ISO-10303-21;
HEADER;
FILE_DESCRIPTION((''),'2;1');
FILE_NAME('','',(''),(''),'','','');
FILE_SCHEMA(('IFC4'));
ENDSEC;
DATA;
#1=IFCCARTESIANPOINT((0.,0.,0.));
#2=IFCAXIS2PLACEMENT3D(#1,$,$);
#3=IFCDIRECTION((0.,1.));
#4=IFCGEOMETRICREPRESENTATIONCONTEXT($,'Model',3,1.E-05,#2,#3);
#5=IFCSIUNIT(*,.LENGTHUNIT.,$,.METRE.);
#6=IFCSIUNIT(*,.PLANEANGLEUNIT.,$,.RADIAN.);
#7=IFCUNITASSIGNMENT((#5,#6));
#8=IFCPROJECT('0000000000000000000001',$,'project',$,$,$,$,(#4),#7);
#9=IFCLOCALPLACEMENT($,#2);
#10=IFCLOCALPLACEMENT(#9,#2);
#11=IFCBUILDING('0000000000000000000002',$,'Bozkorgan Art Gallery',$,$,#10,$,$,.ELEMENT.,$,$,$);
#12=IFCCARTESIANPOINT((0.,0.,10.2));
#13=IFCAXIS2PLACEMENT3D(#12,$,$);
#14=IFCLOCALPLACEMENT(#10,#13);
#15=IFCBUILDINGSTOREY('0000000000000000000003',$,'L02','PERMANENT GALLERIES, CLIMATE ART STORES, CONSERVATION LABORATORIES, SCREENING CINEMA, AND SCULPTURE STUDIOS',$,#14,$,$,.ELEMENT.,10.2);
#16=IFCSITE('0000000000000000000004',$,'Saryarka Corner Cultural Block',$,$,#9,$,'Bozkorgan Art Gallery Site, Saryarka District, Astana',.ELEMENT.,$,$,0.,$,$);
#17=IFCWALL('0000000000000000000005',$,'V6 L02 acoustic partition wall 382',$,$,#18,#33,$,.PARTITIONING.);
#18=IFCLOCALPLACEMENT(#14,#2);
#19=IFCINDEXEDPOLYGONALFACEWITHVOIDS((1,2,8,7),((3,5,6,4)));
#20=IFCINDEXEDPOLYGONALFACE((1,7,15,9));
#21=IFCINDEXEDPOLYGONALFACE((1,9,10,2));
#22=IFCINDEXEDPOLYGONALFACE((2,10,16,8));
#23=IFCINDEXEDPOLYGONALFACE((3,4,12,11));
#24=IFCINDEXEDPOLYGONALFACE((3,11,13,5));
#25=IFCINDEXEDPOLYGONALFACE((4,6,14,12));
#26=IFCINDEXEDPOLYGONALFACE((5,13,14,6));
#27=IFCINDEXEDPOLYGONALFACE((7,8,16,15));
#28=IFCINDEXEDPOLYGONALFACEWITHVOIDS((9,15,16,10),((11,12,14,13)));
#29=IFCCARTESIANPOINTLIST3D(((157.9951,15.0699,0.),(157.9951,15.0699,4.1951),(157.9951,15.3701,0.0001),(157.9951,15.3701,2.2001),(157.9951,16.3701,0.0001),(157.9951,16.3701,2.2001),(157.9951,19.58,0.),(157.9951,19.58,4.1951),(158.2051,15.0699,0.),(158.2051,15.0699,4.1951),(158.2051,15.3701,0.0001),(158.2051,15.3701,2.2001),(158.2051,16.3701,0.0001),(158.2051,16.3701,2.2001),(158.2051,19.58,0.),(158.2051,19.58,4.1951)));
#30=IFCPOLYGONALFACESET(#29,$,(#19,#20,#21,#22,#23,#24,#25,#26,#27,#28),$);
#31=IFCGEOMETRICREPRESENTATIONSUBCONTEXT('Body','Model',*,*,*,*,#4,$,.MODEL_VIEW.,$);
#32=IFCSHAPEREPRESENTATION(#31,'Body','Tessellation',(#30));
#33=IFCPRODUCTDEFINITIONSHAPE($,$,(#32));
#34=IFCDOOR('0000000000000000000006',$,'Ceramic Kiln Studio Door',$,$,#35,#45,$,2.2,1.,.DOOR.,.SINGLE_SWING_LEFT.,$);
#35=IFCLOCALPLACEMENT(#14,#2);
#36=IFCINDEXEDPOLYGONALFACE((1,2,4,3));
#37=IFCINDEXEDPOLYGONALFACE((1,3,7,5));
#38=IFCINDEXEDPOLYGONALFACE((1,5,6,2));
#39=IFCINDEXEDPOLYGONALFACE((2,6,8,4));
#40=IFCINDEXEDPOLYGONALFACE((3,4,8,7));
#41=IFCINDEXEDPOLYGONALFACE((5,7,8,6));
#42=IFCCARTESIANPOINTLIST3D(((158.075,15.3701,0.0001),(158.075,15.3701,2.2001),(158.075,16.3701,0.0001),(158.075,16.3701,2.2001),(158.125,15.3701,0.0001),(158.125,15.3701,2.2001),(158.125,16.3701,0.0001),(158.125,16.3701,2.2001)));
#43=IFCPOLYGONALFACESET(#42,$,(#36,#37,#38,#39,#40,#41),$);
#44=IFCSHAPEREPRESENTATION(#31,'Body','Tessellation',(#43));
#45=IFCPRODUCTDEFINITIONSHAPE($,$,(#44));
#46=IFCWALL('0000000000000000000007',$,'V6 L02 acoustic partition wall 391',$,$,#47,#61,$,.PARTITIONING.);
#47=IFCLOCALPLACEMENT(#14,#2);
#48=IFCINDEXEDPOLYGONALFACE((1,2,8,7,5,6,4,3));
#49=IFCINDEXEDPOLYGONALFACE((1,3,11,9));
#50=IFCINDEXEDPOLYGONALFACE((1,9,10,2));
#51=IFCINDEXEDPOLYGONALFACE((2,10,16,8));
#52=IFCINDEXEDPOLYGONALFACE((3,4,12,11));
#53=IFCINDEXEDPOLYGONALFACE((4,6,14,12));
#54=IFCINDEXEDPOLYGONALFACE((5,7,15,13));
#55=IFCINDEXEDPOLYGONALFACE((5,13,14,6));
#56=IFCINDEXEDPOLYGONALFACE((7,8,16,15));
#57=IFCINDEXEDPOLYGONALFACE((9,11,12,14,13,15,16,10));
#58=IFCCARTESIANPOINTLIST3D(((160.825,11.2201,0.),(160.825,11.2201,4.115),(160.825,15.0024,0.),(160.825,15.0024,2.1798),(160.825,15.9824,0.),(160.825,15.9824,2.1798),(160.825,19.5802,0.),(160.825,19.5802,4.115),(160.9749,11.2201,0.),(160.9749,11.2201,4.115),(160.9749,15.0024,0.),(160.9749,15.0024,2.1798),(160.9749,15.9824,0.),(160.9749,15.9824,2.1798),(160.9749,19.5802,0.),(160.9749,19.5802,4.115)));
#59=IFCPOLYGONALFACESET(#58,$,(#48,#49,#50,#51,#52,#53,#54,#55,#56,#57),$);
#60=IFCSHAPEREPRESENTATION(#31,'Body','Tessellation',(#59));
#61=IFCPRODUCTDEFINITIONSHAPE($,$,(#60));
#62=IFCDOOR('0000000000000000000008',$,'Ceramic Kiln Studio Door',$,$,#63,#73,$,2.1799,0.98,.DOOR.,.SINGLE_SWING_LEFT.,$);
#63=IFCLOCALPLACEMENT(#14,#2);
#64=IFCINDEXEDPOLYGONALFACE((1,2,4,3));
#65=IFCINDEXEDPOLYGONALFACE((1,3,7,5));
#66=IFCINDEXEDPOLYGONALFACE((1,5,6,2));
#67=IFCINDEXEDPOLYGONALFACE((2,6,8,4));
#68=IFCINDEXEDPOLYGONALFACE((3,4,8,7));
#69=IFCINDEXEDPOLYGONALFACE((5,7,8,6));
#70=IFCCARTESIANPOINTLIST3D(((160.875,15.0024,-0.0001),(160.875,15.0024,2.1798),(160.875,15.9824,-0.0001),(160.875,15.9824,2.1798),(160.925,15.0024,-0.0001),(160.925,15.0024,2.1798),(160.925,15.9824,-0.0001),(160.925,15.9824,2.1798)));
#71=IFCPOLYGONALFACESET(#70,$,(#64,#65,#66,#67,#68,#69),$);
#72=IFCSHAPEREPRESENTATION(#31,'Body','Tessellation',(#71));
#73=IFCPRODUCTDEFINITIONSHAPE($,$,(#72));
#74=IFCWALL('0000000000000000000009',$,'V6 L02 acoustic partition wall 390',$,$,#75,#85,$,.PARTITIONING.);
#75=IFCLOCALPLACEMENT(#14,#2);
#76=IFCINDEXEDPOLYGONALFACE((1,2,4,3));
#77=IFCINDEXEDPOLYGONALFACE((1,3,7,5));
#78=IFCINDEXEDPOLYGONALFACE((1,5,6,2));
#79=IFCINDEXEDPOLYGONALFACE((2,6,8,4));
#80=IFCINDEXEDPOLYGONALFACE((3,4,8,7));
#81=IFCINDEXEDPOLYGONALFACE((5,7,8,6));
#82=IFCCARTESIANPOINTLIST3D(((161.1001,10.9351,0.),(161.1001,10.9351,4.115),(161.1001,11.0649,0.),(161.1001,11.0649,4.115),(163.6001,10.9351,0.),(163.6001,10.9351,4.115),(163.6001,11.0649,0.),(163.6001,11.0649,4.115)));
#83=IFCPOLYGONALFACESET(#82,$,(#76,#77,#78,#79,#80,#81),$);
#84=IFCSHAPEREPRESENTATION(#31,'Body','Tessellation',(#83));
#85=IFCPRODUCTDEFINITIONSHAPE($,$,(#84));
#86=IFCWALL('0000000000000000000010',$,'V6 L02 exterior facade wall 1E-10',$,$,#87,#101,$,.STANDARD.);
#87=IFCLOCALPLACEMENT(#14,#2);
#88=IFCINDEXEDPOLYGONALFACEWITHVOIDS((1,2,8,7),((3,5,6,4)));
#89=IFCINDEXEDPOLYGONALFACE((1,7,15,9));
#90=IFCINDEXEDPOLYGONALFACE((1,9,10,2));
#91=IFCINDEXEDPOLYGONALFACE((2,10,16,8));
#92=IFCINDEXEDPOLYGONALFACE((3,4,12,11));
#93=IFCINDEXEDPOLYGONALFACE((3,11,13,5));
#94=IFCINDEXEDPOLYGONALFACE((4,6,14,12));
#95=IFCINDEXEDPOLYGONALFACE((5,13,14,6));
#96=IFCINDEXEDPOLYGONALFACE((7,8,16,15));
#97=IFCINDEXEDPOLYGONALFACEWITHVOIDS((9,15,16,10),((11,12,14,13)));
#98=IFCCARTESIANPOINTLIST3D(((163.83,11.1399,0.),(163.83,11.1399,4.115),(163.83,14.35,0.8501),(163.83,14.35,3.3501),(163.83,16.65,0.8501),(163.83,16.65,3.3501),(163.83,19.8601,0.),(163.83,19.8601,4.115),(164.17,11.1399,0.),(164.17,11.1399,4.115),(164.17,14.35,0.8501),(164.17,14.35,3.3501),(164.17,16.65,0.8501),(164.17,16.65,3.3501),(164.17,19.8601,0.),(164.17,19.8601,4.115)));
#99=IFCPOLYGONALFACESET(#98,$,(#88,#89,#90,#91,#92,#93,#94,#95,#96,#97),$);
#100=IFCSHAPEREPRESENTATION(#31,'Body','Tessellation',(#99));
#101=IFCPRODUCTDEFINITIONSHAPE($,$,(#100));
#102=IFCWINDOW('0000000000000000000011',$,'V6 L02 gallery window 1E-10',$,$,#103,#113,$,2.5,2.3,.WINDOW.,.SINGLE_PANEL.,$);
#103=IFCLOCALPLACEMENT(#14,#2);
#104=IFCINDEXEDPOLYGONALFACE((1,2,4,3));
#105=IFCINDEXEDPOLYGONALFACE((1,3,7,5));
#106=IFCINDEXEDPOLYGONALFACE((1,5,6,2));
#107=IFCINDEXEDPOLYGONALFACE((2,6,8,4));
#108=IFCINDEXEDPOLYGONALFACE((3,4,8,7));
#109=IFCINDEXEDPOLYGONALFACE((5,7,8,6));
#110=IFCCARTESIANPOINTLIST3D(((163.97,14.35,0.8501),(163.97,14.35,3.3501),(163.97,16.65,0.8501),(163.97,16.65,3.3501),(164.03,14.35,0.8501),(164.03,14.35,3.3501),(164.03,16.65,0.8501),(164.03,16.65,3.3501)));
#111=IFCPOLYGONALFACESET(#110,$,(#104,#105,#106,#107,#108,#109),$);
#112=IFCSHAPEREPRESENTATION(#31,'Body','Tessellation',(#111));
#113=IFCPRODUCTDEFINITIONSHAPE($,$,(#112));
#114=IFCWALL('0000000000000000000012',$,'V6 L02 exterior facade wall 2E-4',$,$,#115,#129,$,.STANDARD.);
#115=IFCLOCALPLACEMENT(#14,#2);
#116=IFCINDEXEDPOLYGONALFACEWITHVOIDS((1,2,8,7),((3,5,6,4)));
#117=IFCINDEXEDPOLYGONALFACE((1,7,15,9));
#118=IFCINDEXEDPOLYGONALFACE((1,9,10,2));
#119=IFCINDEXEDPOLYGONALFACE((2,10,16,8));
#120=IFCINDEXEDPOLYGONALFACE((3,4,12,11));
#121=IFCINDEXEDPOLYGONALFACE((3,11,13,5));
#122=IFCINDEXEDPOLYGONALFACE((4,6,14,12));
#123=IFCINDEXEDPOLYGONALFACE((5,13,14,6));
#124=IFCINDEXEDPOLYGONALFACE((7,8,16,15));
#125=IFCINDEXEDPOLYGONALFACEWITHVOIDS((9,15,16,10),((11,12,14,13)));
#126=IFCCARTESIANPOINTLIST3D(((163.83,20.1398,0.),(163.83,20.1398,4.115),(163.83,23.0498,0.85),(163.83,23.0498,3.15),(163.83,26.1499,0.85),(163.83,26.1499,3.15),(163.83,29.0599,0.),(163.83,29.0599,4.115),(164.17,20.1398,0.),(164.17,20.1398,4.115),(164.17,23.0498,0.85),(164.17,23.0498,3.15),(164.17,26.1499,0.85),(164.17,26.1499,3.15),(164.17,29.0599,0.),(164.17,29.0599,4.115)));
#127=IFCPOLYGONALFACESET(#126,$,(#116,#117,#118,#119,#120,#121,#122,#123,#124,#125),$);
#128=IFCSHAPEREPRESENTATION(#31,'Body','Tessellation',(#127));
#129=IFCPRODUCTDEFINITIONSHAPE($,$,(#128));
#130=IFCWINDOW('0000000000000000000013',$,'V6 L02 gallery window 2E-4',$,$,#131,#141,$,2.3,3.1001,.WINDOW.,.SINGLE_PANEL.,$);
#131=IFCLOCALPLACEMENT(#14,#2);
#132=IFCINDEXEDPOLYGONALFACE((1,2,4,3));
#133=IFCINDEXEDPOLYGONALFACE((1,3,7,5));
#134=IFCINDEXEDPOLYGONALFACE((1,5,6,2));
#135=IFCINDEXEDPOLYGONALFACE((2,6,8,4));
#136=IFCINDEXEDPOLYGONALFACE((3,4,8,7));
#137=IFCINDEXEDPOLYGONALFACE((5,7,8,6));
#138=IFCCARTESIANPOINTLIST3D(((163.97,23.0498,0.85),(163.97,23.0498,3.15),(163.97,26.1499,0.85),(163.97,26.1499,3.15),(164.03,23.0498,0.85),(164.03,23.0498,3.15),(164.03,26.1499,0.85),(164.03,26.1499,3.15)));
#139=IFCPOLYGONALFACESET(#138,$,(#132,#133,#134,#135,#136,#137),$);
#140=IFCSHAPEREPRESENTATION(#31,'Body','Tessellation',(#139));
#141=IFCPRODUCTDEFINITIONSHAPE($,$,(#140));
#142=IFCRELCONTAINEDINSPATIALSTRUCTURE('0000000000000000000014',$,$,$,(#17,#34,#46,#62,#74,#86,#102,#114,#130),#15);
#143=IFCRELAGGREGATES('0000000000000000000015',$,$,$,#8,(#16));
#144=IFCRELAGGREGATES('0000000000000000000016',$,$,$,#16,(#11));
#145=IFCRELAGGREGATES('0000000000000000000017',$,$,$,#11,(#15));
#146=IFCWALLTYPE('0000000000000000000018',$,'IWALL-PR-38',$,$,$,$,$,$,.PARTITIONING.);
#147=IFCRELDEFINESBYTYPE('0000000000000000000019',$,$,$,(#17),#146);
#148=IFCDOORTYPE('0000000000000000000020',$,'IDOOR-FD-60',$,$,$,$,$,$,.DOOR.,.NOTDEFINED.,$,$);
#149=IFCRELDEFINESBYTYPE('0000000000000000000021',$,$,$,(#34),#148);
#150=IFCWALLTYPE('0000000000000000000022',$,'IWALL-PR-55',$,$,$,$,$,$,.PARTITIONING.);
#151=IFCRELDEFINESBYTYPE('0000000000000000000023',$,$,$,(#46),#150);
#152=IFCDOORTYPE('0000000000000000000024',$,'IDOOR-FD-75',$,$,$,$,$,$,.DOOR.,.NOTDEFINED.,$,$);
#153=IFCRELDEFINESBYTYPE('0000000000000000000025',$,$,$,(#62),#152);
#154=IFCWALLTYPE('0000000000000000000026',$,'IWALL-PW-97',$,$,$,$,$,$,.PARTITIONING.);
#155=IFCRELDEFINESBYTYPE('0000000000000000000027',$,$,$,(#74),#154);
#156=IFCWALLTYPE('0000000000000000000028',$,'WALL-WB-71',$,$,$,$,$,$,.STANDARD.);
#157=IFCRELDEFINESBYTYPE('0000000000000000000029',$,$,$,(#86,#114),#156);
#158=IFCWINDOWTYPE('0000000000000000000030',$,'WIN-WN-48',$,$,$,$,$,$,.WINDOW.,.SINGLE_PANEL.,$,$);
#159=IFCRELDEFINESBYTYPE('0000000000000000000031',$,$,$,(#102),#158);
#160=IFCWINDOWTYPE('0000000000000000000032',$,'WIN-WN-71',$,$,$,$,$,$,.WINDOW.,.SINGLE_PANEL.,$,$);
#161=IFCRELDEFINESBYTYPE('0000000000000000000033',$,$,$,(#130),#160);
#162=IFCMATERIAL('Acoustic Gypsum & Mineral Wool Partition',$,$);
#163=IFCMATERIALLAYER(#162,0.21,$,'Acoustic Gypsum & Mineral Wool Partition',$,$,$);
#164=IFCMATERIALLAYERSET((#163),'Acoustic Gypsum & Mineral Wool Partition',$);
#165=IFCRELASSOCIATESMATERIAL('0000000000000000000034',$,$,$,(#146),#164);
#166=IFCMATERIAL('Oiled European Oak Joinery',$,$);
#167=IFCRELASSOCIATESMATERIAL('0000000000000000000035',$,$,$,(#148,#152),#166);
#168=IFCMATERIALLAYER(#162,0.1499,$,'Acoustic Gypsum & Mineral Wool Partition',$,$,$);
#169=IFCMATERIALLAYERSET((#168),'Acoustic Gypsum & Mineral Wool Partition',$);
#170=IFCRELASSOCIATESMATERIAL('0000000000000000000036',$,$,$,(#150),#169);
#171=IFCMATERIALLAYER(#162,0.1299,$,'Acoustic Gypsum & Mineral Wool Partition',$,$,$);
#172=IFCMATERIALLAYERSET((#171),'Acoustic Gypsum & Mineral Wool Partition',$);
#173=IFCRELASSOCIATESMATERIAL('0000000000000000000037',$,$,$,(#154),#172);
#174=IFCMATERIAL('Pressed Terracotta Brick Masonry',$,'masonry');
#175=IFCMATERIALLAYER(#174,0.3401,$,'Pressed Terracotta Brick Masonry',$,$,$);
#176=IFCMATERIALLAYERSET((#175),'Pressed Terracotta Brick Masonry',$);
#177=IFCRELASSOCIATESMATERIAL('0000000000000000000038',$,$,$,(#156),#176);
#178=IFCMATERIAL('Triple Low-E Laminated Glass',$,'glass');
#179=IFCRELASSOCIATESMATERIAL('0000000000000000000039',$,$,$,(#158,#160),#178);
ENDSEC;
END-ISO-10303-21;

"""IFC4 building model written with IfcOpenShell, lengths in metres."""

from ifc_helpers import new_model, si_unit, direction, frame, frame_2d, origin, place, context, subcontext, project, spatial, rectangle, extrude, material, layer, layer_set, type_object, element, fill, save


model = new_model("IFC4")

# Units and contexts
model_context = context("Model", 3, precision=1e-05, world=origin(), true_north=direction((0.0, 1.0)))
body_context = subcontext(model_context, "Body", "Model", "MODEL_VIEW")
ifc_project = project(units=[si_unit("LENGTHUNIT", "METRE"), si_unit("PLANEANGLEUNIT", "RADIAN")], contexts=[model_context])

# Site, building, storey
site_placement = place(None, origin())
site = spatial("IfcSite", under=ifc_project, at=site_placement, Name="Saryarka Corner Cultural Block", LongName="Bozkorgan Art Gallery Site, Saryarka District, Astana", CompositionType="ELEMENT", RefElevation=0.0)
building_placement = place(site_placement, origin())
building = spatial("IfcBuilding", under=site, at=building_placement, Name="Bozkorgan Art Gallery", CompositionType="ELEMENT")
storey_placement = place(building_placement, frame((0.0, 0.0, 10.2)))
storey = spatial("IfcBuildingStorey", under=building, at=storey_placement, Name="L02", Description="PERMANENT GALLERIES, CLIMATE ART STORES, CONSERVATION LABORATORIES, SCREENING CINEMA, AND SCULPTURE STUDIOS", CompositionType="ELEMENT", Elevation=10.2)

# Walls, openings, doors
ifc_material_1 = material(Name="Acoustic Gypsum & Mineral Wool Partition")
ifc_layer_1 = layer(ifc_material_1, 0.21, Name="Acoustic Gypsum & Mineral Wool Partition")
ifc_layer_set_1 = layer_set([ifc_layer_1], Name="Acoustic Gypsum & Mineral Wool Partition")
wall_type_1 = type_object("IfcWallType", Name="IWALL-PR-38", PredefinedType="PARTITIONING", material=ifc_layer_set_1)
wall_1_placement = place(storey_placement, frame((158.1001, 15.0701, 0.0), z_axis=(0.0, 0.0, 1.0), x_axis=(0.0, 1.0, 0.0)))
wall_1 = element("IfcWall", 1, at=wall_1_placement, inside=storey, type_object=wall_type_1, Name="V6 L02 acoustic partition wall 382", PredefinedType="PARTITIONING", context=body_context, shape_type="SweptSolid", body=[
    extrude(rectangle(XDim=4.51, YDim=0.21, at=frame_2d((2.2549, 0.0))), origin(), (0.0, 0.0, 1.0), 4.1951),
])
opening_1_placement = place(wall_1_placement, frame((1.3, 0.0, 0.0), z_axis=(0.0, 0.0, 1.0), x_axis=(-1.0, 0.0, 0.0)))
opening_1 = element("IfcOpeningElement", 2, at=opening_1_placement, cuts=wall_1, PredefinedType="OPENING", context=body_context, shape_type="SweptSolid", body=[
    extrude(rectangle(XDim=1.0, YDim=2.2, at=frame_2d((0.5, 1.1001))), frame((0.0, 0.115, 0.0), z_axis=(0.0, -1.0, 0.0), x_axis=(1.0, 0.0, 0.0)), (0.0, 0.0, 1.0), 0.23),
])
ifc_material_2 = material(Name="Oiled European Oak Joinery")
door_type_1 = type_object("IfcDoorType", Name="IDOOR-FD-60", OperationType="NOTDEFINED", PredefinedType="DOOR", material=ifc_material_2)
door_1_placement = place(opening_1_placement, origin())
door_1 = element("IfcDoor", 3, at=door_1_placement, inside=storey, type_object=door_type_1, Name="Ceramic Kiln Studio Door", OperationType="SINGLE_SWING_LEFT", OverallHeight=2.2, OverallWidth=1.0, PredefinedType="DOOR", context=body_context, shape_type="SweptSolid", body=[
    extrude(rectangle(XDim=1.0, YDim=2.2, at=frame_2d((0.5, 1.1001))), frame((0.0, 0.0249, 0.0), z_axis=(0.0, -1.0, 0.0), x_axis=(1.0, 0.0, 0.0)), (0.0, 0.0, 1.0), 0.05),
])
fill(opening_1, door_1)
ifc_layer_2 = layer(ifc_material_1, 0.1499, Name="Acoustic Gypsum & Mineral Wool Partition")
ifc_layer_set_2 = layer_set([ifc_layer_2], Name="Acoustic Gypsum & Mineral Wool Partition")
wall_type_2 = type_object("IfcWallType", Name="IWALL-PR-55", PredefinedType="PARTITIONING", material=ifc_layer_set_2)
wall_2_placement = place(storey_placement, frame((160.8999, 11.22, 0.0), z_axis=(0.0, 0.0, 1.0), x_axis=(0.0, 1.0, 0.0)))
wall_2 = element("IfcWall", 4, at=wall_2_placement, inside=storey, type_object=wall_type_2, Name="V6 L02 acoustic partition wall 391", PredefinedType="PARTITIONING", context=body_context, shape_type="SweptSolid", body=[
    extrude(rectangle(XDim=8.3601, YDim=0.1499, at=frame_2d((4.1802, 0.0))), origin(), (0.0, 0.0, 1.0), 4.115),
])
opening_2_placement = place(wall_2_placement, frame((3.7825, 0.0, 0.0)))
opening_2 = element("IfcOpeningElement", 5, at=opening_2_placement, cuts=wall_2, PredefinedType="OPENING", context=body_context, shape_type="SweptSolid", body=[
    extrude(rectangle(XDim=0.98, YDim=2.1799, at=frame_2d((0.49, 1.0898))), frame((0.0, 0.085, 0.0), z_axis=(0.0, -1.0, 0.0), x_axis=(1.0, 0.0, 0.0)), (0.0, 0.0, 1.0), 0.1699),
])
door_type_2 = type_object("IfcDoorType", Name="IDOOR-FD-75", OperationType="NOTDEFINED", PredefinedType="DOOR", material=ifc_material_2)
door_2_placement = place(opening_2_placement, origin())
door_2 = element("IfcDoor", 6, at=door_2_placement, inside=storey, type_object=door_type_2, Name="Ceramic Kiln Studio Door", OperationType="SINGLE_SWING_LEFT", OverallHeight=2.1799, OverallWidth=0.98, PredefinedType="DOOR", context=body_context, shape_type="SweptSolid", body=[
    extrude(rectangle(XDim=0.98, YDim=2.1799, at=frame_2d((0.49, 1.0898))), frame((0.0, 0.0249, 0.0), z_axis=(0.0, -1.0, 0.0), x_axis=(1.0, 0.0, 0.0)), (0.0, 0.0, 1.0), 0.05),
])
fill(opening_2, door_2)

# Wall
ifc_layer_3 = layer(ifc_material_1, 0.1299, Name="Acoustic Gypsum & Mineral Wool Partition")
ifc_layer_set_3 = layer_set([ifc_layer_3], Name="Acoustic Gypsum & Mineral Wool Partition")
wall_type_3 = type_object("IfcWallType", Name="IWALL-PW-97", PredefinedType="PARTITIONING", material=ifc_layer_set_3)
wall_3_placement = place(storey_placement, frame((161.1001, 11.0, 0.0), z_axis=(0.0, 0.0, 1.0), x_axis=(1.0, 0.0, 0.0)))
element("IfcWall", 7, at=wall_3_placement, inside=storey, type_object=wall_type_3, Name="V6 L02 acoustic partition wall 390", PredefinedType="PARTITIONING", context=body_context, shape_type="SweptSolid", body=[
    extrude(rectangle(XDim=2.5, YDim=0.1299, at=frame_2d((1.25, 0.0))), origin(), (0.0, 0.0, 1.0), 4.115),
])

# Walls, openings, windows
ifc_material_3 = material(Name="Pressed Terracotta Brick Masonry", Category="masonry")
ifc_layer_4 = layer(ifc_material_3, 0.3401, Name="Pressed Terracotta Brick Masonry")
ifc_layer_set_4 = layer_set([ifc_layer_4], Name="Pressed Terracotta Brick Masonry")
wall_type_4 = type_object("IfcWallType", Name="WALL-WB-71", PredefinedType="STANDARD", material=ifc_layer_set_4)
wall_4_placement = place(storey_placement, frame((164.0, 11.1399, 0.0), z_axis=(0.0, 0.0, 1.0), x_axis=(0.0, 1.0, 0.0)))
wall_4 = element("IfcWall", 8, at=wall_4_placement, inside=storey, type_object=wall_type_4, Name="V6 L02 exterior facade wall 1E-10", PredefinedType="STANDARD", context=body_context, shape_type="SweptSolid", body=[
    extrude(rectangle(XDim=8.7202, YDim=0.3401, at=frame_2d((4.3601, 0.0))), origin(), (0.0, 0.0, 1.0), 4.115),
])
opening_3_placement = place(wall_4_placement, frame((5.51, 0.0, 0.8501), z_axis=(0.0, 0.0, 1.0), x_axis=(-1.0, 0.0, 0.0)))
opening_3 = element("IfcOpeningElement", 9, at=opening_3_placement, cuts=wall_4, PredefinedType="OPENING", context=body_context, shape_type="SweptSolid", body=[
    extrude(rectangle(XDim=2.3, YDim=2.5, at=frame_2d((1.1499, 1.25))), frame((0.0, 0.1802, 0.0), z_axis=(0.0, -1.0, 0.0), x_axis=(1.0, 0.0, 0.0)), (0.0, 0.0, 1.0), 0.3601),
])
ifc_material_4 = material(Name="Triple Low-E Laminated Glass", Category="glass")
window_type_1 = type_object("IfcWindowType", Name="WIN-WN-48", PartitioningType="SINGLE_PANEL", PredefinedType="WINDOW", material=ifc_material_4)
window_1_placement = place(opening_3_placement, origin())
window_1 = element("IfcWindow", 10, at=window_1_placement, inside=storey, type_object=window_type_1, Name="V6 L02 gallery window 1E-10", OverallHeight=2.5, OverallWidth=2.3, PartitioningType="SINGLE_PANEL", PredefinedType="WINDOW", context=body_context, shape_type="SweptSolid", body=[
    extrude(rectangle(XDim=2.3, YDim=2.5, at=frame_2d((1.1499, 1.25))), frame((0.0, 0.03, 0.0), z_axis=(0.0, -1.0, 0.0), x_axis=(1.0, 0.0, 0.0)), (0.0, 0.0, 1.0), 0.0601),
])
fill(opening_3, window_1)
wall_5_placement = place(storey_placement, frame((164.0, 20.1399, 0.0), z_axis=(0.0, 0.0, 1.0), x_axis=(0.0, 1.0, 0.0)))
wall_5 = element("IfcWall", 11, at=wall_5_placement, inside=storey, type_object=wall_type_4, Name="V6 L02 exterior facade wall 2E-4", PredefinedType="STANDARD", context=body_context, shape_type="SweptSolid", body=[
    extrude(rectangle(XDim=8.9202, YDim=0.3401, at=frame_2d((4.46, 0.0))), origin(), (0.0, 0.0, 1.0), 4.115),
])
opening_4_placement = place(wall_5_placement, frame((6.01, 0.0, 0.8501), z_axis=(0.0, 0.0, 1.0), x_axis=(-1.0, 0.0, 0.0)))
opening_4 = element("IfcOpeningElement", 12, at=opening_4_placement, cuts=wall_5, PredefinedType="OPENING", context=body_context, shape_type="SweptSolid", body=[
    extrude(rectangle(XDim=3.1001, YDim=2.3, at=frame_2d((1.55, 1.1499))), frame((0.0, 0.1802, 0.0), z_axis=(0.0, -1.0, 0.0), x_axis=(1.0, 0.0, 0.0)), (0.0, 0.0, 1.0), 0.3601),
])
window_type_2 = type_object("IfcWindowType", Name="WIN-WN-71", PartitioningType="SINGLE_PANEL", PredefinedType="WINDOW", material=ifc_material_4)
window_2_placement = place(opening_4_placement, origin())
window_2 = element("IfcWindow", 13, at=window_2_placement, inside=storey, type_object=window_type_2, Name="V6 L02 gallery window 2E-4", OverallHeight=2.3, OverallWidth=3.1001, PartitioningType="SINGLE_PANEL", PredefinedType="WINDOW", context=body_context, shape_type="SweptSolid", body=[
    extrude(rectangle(XDim=3.1001, YDim=2.3, at=frame_2d((1.55, 1.1499))), frame((0.0, 0.03, 0.0), z_axis=(0.0, -1.0, 0.0), x_axis=(1.0, 0.0, 0.0)), (0.0, 0.0, 1.0), 0.0601),
])
fill(opening_4, window_2)

save(model, "model.ifc")
